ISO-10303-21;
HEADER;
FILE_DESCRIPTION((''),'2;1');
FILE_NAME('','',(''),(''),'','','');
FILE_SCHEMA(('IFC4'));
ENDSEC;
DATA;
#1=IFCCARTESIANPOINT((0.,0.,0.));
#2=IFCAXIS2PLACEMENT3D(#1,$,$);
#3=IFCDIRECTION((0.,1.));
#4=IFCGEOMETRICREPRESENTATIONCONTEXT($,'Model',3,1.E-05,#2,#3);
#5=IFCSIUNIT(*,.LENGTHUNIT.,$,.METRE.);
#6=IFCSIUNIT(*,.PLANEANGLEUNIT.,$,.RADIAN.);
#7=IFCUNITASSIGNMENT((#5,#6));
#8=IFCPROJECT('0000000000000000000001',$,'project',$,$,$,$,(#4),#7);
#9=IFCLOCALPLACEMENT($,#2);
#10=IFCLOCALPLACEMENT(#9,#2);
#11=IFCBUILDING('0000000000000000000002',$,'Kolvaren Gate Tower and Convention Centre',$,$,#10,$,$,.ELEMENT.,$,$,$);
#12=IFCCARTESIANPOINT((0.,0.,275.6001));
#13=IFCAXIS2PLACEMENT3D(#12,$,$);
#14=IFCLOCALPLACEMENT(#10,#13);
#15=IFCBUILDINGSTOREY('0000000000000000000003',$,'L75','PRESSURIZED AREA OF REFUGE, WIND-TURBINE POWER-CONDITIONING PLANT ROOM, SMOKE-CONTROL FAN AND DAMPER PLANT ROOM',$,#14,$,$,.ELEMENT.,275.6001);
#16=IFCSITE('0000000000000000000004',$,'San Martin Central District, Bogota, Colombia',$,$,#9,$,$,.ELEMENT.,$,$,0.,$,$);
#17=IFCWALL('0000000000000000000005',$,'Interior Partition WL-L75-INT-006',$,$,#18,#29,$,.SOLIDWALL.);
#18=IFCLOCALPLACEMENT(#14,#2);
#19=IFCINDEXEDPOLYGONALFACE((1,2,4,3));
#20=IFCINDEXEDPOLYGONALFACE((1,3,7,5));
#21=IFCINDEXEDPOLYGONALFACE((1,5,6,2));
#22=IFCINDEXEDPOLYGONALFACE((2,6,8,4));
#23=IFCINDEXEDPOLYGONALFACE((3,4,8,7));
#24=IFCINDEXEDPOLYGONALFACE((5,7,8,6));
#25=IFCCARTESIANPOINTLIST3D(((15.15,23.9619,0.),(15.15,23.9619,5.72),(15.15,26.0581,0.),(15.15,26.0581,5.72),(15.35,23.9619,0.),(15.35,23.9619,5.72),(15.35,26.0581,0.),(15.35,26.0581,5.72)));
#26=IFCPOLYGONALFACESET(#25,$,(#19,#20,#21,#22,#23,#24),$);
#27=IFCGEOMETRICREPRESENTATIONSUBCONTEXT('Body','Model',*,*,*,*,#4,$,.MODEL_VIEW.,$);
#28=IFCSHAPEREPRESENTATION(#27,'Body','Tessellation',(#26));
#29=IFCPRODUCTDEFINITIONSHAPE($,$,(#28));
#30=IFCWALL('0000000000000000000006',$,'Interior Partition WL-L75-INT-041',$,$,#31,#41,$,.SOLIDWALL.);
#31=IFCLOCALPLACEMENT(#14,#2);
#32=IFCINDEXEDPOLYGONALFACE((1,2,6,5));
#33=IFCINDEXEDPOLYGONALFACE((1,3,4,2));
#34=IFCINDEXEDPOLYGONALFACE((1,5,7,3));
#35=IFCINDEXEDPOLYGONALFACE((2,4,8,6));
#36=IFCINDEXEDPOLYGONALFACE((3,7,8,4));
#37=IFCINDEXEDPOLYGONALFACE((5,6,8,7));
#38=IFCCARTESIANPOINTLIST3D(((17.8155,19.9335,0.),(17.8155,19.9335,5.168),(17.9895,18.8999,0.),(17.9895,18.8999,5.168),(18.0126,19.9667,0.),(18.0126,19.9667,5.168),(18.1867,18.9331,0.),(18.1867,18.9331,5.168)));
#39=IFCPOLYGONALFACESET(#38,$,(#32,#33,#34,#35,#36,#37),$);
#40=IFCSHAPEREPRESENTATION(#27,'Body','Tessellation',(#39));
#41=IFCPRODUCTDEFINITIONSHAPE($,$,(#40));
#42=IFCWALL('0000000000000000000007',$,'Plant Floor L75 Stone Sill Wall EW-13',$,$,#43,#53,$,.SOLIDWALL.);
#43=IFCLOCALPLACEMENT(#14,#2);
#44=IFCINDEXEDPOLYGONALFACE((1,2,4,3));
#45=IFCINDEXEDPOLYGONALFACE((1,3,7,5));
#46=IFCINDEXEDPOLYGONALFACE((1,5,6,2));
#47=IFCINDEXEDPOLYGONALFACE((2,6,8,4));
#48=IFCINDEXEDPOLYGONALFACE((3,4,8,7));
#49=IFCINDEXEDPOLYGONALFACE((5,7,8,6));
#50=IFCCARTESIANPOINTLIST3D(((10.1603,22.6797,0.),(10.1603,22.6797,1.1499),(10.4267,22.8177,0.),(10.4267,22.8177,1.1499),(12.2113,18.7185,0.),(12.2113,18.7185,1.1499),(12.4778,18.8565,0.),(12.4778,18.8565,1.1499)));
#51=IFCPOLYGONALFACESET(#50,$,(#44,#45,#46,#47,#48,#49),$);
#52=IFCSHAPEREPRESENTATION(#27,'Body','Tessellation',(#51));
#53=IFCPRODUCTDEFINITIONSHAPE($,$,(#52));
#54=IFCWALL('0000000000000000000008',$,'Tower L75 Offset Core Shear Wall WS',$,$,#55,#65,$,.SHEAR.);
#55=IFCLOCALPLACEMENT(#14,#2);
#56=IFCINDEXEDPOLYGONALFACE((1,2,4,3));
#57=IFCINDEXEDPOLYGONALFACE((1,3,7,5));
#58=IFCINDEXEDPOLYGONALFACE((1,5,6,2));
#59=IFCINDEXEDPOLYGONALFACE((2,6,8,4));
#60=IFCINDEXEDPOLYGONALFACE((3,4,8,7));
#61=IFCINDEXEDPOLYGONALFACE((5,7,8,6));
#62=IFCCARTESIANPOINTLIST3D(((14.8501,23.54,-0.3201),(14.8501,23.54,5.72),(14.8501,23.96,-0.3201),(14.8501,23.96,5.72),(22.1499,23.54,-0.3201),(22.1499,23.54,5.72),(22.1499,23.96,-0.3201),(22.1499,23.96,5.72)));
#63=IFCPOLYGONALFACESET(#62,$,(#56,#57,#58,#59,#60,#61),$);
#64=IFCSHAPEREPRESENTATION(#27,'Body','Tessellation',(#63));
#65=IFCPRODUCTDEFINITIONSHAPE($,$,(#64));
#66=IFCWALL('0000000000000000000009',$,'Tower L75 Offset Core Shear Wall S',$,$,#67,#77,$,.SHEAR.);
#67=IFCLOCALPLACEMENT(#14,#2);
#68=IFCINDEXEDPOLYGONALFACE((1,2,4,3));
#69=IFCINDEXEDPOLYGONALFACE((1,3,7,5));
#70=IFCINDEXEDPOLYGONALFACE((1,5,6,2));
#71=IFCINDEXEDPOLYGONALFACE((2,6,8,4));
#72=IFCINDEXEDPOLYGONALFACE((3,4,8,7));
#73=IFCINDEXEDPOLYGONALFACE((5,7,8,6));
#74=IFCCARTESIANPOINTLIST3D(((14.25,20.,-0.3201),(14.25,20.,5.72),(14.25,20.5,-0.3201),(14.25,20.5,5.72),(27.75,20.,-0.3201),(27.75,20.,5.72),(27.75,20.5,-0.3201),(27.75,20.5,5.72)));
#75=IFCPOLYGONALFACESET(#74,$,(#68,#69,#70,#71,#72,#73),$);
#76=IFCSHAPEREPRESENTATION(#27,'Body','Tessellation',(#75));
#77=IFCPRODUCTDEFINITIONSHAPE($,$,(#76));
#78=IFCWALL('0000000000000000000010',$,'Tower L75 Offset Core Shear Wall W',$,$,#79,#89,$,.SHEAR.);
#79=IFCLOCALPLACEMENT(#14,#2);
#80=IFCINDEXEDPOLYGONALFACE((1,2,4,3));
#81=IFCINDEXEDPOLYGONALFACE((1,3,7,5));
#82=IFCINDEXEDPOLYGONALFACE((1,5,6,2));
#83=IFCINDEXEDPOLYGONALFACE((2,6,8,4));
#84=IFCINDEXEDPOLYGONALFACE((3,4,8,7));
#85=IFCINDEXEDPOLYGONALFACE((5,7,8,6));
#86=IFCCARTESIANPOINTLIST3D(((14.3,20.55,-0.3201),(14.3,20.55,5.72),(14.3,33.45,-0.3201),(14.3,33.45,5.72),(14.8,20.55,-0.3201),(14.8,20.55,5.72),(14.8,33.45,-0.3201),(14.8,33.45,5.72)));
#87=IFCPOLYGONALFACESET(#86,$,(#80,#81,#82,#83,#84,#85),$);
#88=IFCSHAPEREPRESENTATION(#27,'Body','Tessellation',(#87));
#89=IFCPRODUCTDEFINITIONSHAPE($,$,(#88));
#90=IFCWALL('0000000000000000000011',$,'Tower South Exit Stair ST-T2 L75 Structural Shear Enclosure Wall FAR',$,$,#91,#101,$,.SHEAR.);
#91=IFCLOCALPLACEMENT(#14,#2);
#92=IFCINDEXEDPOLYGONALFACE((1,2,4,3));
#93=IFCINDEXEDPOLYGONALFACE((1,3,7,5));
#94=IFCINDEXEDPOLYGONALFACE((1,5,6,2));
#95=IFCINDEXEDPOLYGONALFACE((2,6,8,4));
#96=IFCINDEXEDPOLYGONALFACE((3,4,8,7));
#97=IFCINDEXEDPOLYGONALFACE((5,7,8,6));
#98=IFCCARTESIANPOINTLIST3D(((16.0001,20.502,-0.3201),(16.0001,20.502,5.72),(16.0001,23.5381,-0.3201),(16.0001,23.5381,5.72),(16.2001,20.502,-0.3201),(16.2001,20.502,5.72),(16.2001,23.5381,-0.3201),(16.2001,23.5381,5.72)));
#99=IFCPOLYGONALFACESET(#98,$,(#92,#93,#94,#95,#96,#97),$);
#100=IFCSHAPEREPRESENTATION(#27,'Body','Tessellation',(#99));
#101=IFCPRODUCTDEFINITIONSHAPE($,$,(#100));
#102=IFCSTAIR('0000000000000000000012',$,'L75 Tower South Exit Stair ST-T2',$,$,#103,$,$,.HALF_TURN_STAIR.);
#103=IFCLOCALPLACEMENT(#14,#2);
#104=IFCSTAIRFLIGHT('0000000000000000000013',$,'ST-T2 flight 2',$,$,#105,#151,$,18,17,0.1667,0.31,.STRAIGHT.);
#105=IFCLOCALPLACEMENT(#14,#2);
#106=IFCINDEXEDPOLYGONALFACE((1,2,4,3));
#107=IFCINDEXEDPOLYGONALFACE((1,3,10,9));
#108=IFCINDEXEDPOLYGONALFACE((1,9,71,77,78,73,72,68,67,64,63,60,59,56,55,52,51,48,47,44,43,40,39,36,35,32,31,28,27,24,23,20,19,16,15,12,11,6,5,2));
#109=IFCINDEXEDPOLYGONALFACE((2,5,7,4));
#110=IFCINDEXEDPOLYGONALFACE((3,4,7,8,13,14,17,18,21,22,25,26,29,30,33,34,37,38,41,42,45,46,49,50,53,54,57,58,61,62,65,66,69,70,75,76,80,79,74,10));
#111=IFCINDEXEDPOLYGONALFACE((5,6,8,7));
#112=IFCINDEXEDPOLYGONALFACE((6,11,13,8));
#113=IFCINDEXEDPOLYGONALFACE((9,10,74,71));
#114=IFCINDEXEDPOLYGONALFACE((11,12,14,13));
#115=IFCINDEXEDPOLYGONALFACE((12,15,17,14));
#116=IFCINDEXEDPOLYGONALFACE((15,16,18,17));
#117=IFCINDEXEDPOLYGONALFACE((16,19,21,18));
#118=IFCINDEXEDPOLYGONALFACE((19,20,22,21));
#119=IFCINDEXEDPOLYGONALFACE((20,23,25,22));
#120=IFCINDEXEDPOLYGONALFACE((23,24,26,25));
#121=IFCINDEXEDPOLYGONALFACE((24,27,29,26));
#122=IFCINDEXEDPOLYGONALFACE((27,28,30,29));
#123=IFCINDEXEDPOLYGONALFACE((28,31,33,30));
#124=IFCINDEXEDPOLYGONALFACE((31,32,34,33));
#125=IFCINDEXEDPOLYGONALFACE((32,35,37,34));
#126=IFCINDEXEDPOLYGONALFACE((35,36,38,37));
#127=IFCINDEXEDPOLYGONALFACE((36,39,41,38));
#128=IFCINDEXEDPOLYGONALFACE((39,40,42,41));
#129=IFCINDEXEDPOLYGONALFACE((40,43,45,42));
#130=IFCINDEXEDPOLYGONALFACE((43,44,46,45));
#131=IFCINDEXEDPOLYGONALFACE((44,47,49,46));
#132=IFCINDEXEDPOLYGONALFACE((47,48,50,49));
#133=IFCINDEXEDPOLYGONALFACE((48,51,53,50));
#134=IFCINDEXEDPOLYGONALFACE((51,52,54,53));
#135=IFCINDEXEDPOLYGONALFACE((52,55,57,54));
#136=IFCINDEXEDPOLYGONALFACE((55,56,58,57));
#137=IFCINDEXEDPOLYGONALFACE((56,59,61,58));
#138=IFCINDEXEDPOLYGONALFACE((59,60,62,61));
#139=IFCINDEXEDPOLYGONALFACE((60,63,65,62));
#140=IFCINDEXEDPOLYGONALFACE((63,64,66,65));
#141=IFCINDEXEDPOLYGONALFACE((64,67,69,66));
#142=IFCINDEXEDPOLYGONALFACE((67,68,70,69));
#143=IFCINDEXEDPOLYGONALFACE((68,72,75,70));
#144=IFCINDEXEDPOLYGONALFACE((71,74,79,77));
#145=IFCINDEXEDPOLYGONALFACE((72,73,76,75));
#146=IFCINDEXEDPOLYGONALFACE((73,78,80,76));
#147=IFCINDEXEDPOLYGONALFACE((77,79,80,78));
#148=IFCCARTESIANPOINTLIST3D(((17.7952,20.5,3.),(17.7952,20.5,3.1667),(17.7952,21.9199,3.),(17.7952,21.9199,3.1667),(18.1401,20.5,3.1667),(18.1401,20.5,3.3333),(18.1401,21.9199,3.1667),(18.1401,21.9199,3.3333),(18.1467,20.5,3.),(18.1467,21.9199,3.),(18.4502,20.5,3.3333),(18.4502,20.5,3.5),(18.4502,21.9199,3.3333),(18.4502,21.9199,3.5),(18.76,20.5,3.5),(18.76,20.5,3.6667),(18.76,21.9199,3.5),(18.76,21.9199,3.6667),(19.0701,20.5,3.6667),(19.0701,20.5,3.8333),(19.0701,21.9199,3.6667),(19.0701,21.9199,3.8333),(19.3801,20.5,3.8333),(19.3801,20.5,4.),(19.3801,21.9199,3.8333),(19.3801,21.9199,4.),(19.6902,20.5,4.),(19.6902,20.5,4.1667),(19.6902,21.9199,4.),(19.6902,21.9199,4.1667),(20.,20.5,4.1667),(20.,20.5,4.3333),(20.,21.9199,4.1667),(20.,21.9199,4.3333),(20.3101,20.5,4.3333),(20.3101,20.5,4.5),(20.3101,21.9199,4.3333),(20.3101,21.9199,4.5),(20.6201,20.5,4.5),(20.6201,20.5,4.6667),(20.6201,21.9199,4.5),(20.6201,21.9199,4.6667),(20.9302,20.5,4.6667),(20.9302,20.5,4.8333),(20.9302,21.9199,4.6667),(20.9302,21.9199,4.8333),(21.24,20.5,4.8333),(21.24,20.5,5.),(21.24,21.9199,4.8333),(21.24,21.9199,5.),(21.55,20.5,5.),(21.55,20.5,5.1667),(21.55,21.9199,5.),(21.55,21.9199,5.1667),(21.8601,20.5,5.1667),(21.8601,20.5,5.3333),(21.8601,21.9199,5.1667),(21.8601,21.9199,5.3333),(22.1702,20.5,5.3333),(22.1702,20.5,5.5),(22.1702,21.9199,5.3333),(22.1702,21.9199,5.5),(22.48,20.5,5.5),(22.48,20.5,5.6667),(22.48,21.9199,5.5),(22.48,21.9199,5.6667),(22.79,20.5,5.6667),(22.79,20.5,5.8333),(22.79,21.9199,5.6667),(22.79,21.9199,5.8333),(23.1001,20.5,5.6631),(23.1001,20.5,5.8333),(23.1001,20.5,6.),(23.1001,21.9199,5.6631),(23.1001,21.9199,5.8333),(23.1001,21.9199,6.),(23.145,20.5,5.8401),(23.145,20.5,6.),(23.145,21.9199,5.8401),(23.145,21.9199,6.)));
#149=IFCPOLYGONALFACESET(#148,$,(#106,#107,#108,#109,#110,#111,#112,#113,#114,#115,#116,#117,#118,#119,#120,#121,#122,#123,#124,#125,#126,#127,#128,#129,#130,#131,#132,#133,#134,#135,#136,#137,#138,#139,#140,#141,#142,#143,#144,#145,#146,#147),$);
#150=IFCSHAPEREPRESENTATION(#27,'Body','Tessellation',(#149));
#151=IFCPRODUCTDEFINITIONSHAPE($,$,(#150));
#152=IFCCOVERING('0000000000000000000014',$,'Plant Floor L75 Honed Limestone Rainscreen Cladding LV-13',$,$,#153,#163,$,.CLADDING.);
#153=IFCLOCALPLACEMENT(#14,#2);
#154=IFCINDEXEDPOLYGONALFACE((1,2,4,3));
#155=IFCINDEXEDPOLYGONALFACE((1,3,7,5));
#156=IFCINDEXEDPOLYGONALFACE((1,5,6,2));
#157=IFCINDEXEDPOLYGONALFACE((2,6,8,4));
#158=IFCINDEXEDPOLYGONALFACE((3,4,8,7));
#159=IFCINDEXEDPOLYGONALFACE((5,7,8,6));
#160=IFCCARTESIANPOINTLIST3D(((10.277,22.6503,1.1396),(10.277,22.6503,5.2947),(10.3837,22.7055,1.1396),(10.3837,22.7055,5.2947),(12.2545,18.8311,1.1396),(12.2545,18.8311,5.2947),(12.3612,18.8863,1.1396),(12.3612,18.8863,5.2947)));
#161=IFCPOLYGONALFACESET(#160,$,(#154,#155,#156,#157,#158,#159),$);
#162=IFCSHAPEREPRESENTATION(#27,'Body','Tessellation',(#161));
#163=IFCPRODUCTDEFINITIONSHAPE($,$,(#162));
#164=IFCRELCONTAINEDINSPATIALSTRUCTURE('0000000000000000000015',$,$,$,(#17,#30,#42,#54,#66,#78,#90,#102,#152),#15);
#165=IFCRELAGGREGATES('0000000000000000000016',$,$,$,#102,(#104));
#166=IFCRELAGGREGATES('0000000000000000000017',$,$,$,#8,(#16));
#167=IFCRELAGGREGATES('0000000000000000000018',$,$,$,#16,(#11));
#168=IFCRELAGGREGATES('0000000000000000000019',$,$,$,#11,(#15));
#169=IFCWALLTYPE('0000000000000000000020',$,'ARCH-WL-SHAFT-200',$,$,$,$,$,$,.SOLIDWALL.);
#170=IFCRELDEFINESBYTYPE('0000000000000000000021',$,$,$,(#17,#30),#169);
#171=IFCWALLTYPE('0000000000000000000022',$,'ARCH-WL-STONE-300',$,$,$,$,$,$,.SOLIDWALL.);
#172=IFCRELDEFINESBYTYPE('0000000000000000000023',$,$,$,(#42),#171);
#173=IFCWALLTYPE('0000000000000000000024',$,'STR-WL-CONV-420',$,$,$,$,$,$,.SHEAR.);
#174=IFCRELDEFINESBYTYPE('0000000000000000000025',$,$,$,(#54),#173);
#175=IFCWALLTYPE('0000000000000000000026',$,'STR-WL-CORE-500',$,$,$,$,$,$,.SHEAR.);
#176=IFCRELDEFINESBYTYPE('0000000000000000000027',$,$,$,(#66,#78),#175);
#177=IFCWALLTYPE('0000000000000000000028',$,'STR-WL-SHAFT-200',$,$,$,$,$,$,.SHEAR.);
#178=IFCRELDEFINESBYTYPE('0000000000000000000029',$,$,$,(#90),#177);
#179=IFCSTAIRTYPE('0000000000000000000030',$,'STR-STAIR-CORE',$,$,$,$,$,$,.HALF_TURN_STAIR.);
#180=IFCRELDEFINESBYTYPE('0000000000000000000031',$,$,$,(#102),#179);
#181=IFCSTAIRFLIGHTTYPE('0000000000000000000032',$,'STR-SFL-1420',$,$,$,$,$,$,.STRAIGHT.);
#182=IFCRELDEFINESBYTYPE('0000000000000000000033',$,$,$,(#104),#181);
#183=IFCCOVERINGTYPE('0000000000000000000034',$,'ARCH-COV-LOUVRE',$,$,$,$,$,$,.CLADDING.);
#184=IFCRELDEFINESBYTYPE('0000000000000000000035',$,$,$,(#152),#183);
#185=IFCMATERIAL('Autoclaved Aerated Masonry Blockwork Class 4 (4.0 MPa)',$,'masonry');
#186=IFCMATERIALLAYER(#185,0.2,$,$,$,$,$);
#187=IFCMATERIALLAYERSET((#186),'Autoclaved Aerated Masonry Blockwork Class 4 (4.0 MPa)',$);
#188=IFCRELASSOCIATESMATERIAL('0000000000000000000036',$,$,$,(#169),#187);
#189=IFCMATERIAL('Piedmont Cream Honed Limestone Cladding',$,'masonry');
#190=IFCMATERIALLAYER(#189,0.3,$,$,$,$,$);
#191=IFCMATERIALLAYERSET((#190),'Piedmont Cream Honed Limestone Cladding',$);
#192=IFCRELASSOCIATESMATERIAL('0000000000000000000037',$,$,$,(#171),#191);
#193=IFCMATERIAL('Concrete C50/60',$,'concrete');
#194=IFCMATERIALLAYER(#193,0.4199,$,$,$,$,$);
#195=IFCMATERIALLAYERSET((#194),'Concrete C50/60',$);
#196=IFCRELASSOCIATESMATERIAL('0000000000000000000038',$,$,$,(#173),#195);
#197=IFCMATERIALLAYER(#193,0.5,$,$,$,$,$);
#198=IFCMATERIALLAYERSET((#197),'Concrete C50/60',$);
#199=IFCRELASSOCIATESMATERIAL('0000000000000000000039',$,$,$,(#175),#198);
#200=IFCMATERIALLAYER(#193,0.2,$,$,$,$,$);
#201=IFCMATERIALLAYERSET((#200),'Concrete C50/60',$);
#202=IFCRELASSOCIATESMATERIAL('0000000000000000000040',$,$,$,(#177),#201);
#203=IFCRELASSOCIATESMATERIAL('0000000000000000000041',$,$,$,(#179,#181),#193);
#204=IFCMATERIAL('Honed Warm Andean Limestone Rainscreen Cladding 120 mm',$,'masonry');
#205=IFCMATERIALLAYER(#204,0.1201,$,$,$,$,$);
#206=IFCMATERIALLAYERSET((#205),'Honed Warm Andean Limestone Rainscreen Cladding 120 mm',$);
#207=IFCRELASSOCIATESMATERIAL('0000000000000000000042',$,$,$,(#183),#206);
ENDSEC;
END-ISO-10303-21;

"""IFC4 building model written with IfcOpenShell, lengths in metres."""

from ifc_helpers import new_model, si_unit, direction, frame, frame_2d, origin, origin_2d, place, context, subcontext, project, spatial, polyline, rectangle, outline, extrude, material, layer, layer_set, type_object, element, aggregate, save


model = new_model("IFC4")

# Units and contexts
model_context = context("Model", 3, precision=1e-05, world=origin(), true_north=direction((0.0, 1.0)))
body_context = subcontext(model_context, "Body", "Model", "MODEL_VIEW")
ifc_project = project(units=[si_unit("LENGTHUNIT", "METRE"), si_unit("PLANEANGLEUNIT", "RADIAN")], contexts=[model_context])

# Site, building, storey
site_placement = place(None, origin())
site = spatial("IfcSite", under=ifc_project, at=site_placement, Name="San Martin Central District, Bogota, Colombia", CompositionType="ELEMENT", RefElevation=0.0)
building_placement = place(site_placement, origin())
building = spatial("IfcBuilding", under=site, at=building_placement, Name="Kolvaren Gate Tower and Convention Centre", CompositionType="ELEMENT")
storey_placement = place(building_placement, frame((0.0, 0.0, 275.6001)))
storey = spatial("IfcBuildingStorey", under=building, at=storey_placement, Name="L75", Description="PRESSURIZED AREA OF REFUGE, WIND-TURBINE POWER-CONDITIONING PLANT ROOM, SMOKE-CONTROL FAN AND DAMPER PLANT ROOM", CompositionType="ELEMENT", Elevation=275.6001)

# Shared definitions
ifc_material_1 = material(Name="Autoclaved Aerated Masonry Blockwork Class 4 (4.0 MPa)", Category="masonry")
ifc_layer_1 = layer(ifc_material_1, 0.2)
ifc_layer_set_1 = layer_set([ifc_layer_1], Name="Autoclaved Aerated Masonry Blockwork Class 4 (4.0 MPa)")
wall_type_1 = type_object("IfcWallType", Name="ARCH-WL-SHAFT-200", PredefinedType="SOLIDWALL", material=ifc_layer_set_1)

# Walls
wall_1_placement = place(storey_placement, frame((15.25, 23.9619, 0.0), z_axis=(0.0, 0.0, 1.0), x_axis=(0.0, 1.0, 0.0)))
element("IfcWall", 1, at=wall_1_placement, inside=storey, type_object=wall_type_1, Name="Interior Partition WL-L75-INT-006", PredefinedType="SOLIDWALL", context=body_context, shape_type="SweptSolid", body=[
    extrude(rectangle(XDim=2.0962, YDim=0.2, at=frame_2d((1.0481, 0.0))), origin(), (0.0, 0.0, 1.0), 5.72),
])
wall_2_placement = place(storey_placement, frame((17.9141, 19.95, 0.0), z_axis=(0.0, 0.0, 1.0), x_axis=(0.166099, -0.986109, 0.0)))
element("IfcWall", 2, at=wall_2_placement, inside=storey, type_object=wall_type_1, Name="Interior Partition WL-L75-INT-041", PredefinedType="SOLIDWALL", context=body_context, shape_type="SweptSolid", body=[
    extrude(rectangle(XDim=1.0481, YDim=0.2, at=frame_2d((0.5239, 0.0))), origin(), (0.0, 0.0, 1.0), 5.168),
])
ifc_material_2 = material(Name="Piedmont Cream Honed Limestone Cladding", Category="masonry")
ifc_layer_2 = layer(ifc_material_2, 0.3)
ifc_layer_set_2 = layer_set([ifc_layer_2], Name="Piedmont Cream Honed Limestone Cladding")
wall_type_2 = type_object("IfcWallType", Name="ARCH-WL-STONE-300", PredefinedType="SOLIDWALL", material=ifc_layer_set_2)
wall_3_placement = place(storey_placement, frame((10.2935, 22.7488, 0.0), z_axis=(0.0, 0.0, 1.0), x_axis=(0.459801, -0.888022, 0.0)))
element("IfcWall", 3, at=wall_3_placement, inside=storey, type_object=wall_type_2, Name="Plant Floor L75 Stone Sill Wall EW-13", PredefinedType="SOLIDWALL", context=body_context, shape_type="SweptSolid", body=[
    extrude(rectangle(XDim=4.4607, YDim=0.3, at=frame_2d((2.2305, 0.0))), origin(), (0.0, 0.0, 1.0), 1.1499),
])
ifc_material_3 = material(Name="Concrete C50/60", Category="concrete")
ifc_layer_3 = layer(ifc_material_3, 0.4199)
ifc_layer_set_3 = layer_set([ifc_layer_3], Name="Concrete C50/60")
wall_type_3 = type_object("IfcWallType", Name="STR-WL-CONV-420", PredefinedType="SHEAR", material=ifc_layer_set_3)
wall_4_placement = place(storey_placement, frame((14.8501, 23.75, -0.3201), z_axis=(0.0, 0.0, 1.0), x_axis=(1.0, 0.0, 0.0)))
element("IfcWall", 4, at=wall_4_placement, inside=storey, type_object=wall_type_3, Name="Tower L75 Offset Core Shear Wall WS", PredefinedType="SHEAR", context=body_context, shape_type="SweptSolid", body=[
    extrude(rectangle(XDim=7.2998, YDim=0.4199, at=frame_2d((3.6499, 0.0))), origin(), (0.0, 0.0, 1.0), 6.04),
])
ifc_layer_4 = layer(ifc_material_3, 0.5)
ifc_layer_set_4 = layer_set([ifc_layer_4], Name="Concrete C50/60")
wall_type_4 = type_object("IfcWallType", Name="STR-WL-CORE-500", PredefinedType="SHEAR", material=ifc_layer_set_4)
wall_5_placement = place(storey_placement, frame((14.25, 20.25, -0.3201), z_axis=(0.0, 0.0, 1.0), x_axis=(1.0, 0.0, 0.0)))
element("IfcWall", 5, at=wall_5_placement, inside=storey, type_object=wall_type_4, Name="Tower L75 Offset Core Shear Wall S", PredefinedType="SHEAR", context=body_context, shape_type="SweptSolid", body=[
    extrude(rectangle(XDim=13.5, YDim=0.5, at=frame_2d((6.75, 0.0))), origin(), (0.0, 0.0, 1.0), 6.04),
])
wall_6_placement = place(storey_placement, frame((14.55, 20.55, -0.3201), z_axis=(0.0, 0.0, 1.0), x_axis=(0.0, 1.0, 0.0)))
element("IfcWall", 6, at=wall_6_placement, inside=storey, type_object=wall_type_4, Name="Tower L75 Offset Core Shear Wall W", PredefinedType="SHEAR", context=body_context, shape_type="SweptSolid", body=[
    extrude(rectangle(XDim=12.8999, YDim=0.5, at=frame_2d((6.45, 0.0))), origin(), (0.0, 0.0, 1.0), 6.04),
])
ifc_layer_5 = layer(ifc_material_3, 0.2)
ifc_layer_set_5 = layer_set([ifc_layer_5], Name="Concrete C50/60")
wall_type_5 = type_object("IfcWallType", Name="STR-WL-SHAFT-200", PredefinedType="SHEAR", material=ifc_layer_set_5)
wall_7_placement = place(storey_placement, frame((16.1001, 20.502, -0.3201), z_axis=(0.0, 0.0, 1.0), x_axis=(0.0, 1.0, 0.0)))
element("IfcWall", 7, at=wall_7_placement, inside=storey, type_object=wall_type_5, Name="Tower South Exit Stair ST-T2 L75 Structural Shear Enclosure Wall FAR", PredefinedType="SHEAR", context=body_context, shape_type="SweptSolid", body=[
    extrude(rectangle(XDim=3.0361, YDim=0.2, at=frame_2d((1.5181, 0.0))), origin(), (0.0, 0.0, 1.0), 6.04),
])

# Stair, stair flight
stair_type = type_object("IfcStairType", Name="STR-STAIR-CORE", PredefinedType="HALF_TURN_STAIR", material=ifc_material_3)
stair_placement = place(storey_placement, origin())
stair = element("IfcStair", 8, at=stair_placement, inside=storey, type_object=stair_type, Name="L75 Tower South Exit Stair ST-T2", PredefinedType="HALF_TURN_STAIR")
stair_flight_type = type_object("IfcStairFlightType", Name="STR-SFL-1420", PredefinedType="STRAIGHT", material=ifc_material_3)
stair_flight_placement = place(storey_placement, frame((17.8301, 21.21, 3.0), z_axis=(0.0, 0.0, 1.0), x_axis=(1.0, 0.0, 0.0)))
stair_flight = element("IfcStairFlight", 9, at=stair_flight_placement, type_object=stair_flight_type, Name="ST-T2 flight 2", NumberOfRisers=18, NumberOfTreads=17, PredefinedType="STRAIGHT", RiserHeight=0.1667, TreadLength=0.31, context=body_context, shape_type="SweptSolid", body=[
    extrude(outline(polyline([(-0.0349, 0.0), (-0.0349, 0.1667), (0.3101, 0.1667), (0.3101, 0.3333), (0.6201, 0.3333), (0.6201, 0.5), (0.9299, 0.5), (0.9299, 0.6667), (1.24, 0.6667), (1.24, 0.8333), (1.55, 0.8333), (1.55, 1.0), (1.8601, 1.0), (1.8601, 1.1667), (2.1699, 1.1667), (2.1699, 1.3333), (2.48, 1.3333), (2.48, 1.5), (2.79, 1.5), (2.79, 1.6667), (3.1001, 1.6667), (3.1001, 1.8333), (3.4099, 1.8333), (3.4099, 2.0), (3.72, 2.0), (3.72, 2.1667), (4.03, 2.1667), (4.03, 2.3333), (4.3401, 2.3333), (4.3401, 2.5), (4.6499, 2.5), (4.6499, 2.6667), (4.96, 2.6667), (4.96, 2.8333), (5.27, 2.8333), (5.27, 3.0), (5.3149, 3.0), (5.3149, 2.8401), (5.27, 2.6631), (0.3167, 0.0), (-0.0349, 0.0)])), frame((0.0, 0.71, 0.0), z_axis=(0.0, -1.0, 0.0), x_axis=(1.0, 0.0, 0.0)), (0.0, 0.0, 1.0), 1.4199),
])
aggregate(stair, [stair_flight])

# Covering
ifc_material_4 = material(Name="Honed Warm Andean Limestone Rainscreen Cladding 120 mm", Category="masonry")
ifc_layer_6 = layer(ifc_material_4, 0.1201)
ifc_layer_set_6 = layer_set([ifc_layer_6], Name="Honed Warm Andean Limestone Rainscreen Cladding 120 mm")
covering_type = type_object("IfcCoveringType", Name="ARCH-COV-LOUVRE", PredefinedType="CLADDING", material=ifc_layer_set_6)
covering_placement = place(storey_placement, frame((11.3191, 20.7683, 1.1396), z_axis=(0.0, 0.0, 1.0), x_axis=(0.459794, -0.888026, 0.0)))
element("IfcCovering", 10, at=covering_placement, inside=storey, type_object=covering_type, Name="Plant Floor L75 Honed Limestone Rainscreen Cladding LV-13", PredefinedType="CLADDING", context=body_context, shape_type="SweptSolid", body=[
    extrude(rectangle(XDim=4.3008, YDim=0.1201, at=origin_2d()), origin(), (0.0, 0.0, 1.0), 4.155),
])

save(model, "model.ifc")
